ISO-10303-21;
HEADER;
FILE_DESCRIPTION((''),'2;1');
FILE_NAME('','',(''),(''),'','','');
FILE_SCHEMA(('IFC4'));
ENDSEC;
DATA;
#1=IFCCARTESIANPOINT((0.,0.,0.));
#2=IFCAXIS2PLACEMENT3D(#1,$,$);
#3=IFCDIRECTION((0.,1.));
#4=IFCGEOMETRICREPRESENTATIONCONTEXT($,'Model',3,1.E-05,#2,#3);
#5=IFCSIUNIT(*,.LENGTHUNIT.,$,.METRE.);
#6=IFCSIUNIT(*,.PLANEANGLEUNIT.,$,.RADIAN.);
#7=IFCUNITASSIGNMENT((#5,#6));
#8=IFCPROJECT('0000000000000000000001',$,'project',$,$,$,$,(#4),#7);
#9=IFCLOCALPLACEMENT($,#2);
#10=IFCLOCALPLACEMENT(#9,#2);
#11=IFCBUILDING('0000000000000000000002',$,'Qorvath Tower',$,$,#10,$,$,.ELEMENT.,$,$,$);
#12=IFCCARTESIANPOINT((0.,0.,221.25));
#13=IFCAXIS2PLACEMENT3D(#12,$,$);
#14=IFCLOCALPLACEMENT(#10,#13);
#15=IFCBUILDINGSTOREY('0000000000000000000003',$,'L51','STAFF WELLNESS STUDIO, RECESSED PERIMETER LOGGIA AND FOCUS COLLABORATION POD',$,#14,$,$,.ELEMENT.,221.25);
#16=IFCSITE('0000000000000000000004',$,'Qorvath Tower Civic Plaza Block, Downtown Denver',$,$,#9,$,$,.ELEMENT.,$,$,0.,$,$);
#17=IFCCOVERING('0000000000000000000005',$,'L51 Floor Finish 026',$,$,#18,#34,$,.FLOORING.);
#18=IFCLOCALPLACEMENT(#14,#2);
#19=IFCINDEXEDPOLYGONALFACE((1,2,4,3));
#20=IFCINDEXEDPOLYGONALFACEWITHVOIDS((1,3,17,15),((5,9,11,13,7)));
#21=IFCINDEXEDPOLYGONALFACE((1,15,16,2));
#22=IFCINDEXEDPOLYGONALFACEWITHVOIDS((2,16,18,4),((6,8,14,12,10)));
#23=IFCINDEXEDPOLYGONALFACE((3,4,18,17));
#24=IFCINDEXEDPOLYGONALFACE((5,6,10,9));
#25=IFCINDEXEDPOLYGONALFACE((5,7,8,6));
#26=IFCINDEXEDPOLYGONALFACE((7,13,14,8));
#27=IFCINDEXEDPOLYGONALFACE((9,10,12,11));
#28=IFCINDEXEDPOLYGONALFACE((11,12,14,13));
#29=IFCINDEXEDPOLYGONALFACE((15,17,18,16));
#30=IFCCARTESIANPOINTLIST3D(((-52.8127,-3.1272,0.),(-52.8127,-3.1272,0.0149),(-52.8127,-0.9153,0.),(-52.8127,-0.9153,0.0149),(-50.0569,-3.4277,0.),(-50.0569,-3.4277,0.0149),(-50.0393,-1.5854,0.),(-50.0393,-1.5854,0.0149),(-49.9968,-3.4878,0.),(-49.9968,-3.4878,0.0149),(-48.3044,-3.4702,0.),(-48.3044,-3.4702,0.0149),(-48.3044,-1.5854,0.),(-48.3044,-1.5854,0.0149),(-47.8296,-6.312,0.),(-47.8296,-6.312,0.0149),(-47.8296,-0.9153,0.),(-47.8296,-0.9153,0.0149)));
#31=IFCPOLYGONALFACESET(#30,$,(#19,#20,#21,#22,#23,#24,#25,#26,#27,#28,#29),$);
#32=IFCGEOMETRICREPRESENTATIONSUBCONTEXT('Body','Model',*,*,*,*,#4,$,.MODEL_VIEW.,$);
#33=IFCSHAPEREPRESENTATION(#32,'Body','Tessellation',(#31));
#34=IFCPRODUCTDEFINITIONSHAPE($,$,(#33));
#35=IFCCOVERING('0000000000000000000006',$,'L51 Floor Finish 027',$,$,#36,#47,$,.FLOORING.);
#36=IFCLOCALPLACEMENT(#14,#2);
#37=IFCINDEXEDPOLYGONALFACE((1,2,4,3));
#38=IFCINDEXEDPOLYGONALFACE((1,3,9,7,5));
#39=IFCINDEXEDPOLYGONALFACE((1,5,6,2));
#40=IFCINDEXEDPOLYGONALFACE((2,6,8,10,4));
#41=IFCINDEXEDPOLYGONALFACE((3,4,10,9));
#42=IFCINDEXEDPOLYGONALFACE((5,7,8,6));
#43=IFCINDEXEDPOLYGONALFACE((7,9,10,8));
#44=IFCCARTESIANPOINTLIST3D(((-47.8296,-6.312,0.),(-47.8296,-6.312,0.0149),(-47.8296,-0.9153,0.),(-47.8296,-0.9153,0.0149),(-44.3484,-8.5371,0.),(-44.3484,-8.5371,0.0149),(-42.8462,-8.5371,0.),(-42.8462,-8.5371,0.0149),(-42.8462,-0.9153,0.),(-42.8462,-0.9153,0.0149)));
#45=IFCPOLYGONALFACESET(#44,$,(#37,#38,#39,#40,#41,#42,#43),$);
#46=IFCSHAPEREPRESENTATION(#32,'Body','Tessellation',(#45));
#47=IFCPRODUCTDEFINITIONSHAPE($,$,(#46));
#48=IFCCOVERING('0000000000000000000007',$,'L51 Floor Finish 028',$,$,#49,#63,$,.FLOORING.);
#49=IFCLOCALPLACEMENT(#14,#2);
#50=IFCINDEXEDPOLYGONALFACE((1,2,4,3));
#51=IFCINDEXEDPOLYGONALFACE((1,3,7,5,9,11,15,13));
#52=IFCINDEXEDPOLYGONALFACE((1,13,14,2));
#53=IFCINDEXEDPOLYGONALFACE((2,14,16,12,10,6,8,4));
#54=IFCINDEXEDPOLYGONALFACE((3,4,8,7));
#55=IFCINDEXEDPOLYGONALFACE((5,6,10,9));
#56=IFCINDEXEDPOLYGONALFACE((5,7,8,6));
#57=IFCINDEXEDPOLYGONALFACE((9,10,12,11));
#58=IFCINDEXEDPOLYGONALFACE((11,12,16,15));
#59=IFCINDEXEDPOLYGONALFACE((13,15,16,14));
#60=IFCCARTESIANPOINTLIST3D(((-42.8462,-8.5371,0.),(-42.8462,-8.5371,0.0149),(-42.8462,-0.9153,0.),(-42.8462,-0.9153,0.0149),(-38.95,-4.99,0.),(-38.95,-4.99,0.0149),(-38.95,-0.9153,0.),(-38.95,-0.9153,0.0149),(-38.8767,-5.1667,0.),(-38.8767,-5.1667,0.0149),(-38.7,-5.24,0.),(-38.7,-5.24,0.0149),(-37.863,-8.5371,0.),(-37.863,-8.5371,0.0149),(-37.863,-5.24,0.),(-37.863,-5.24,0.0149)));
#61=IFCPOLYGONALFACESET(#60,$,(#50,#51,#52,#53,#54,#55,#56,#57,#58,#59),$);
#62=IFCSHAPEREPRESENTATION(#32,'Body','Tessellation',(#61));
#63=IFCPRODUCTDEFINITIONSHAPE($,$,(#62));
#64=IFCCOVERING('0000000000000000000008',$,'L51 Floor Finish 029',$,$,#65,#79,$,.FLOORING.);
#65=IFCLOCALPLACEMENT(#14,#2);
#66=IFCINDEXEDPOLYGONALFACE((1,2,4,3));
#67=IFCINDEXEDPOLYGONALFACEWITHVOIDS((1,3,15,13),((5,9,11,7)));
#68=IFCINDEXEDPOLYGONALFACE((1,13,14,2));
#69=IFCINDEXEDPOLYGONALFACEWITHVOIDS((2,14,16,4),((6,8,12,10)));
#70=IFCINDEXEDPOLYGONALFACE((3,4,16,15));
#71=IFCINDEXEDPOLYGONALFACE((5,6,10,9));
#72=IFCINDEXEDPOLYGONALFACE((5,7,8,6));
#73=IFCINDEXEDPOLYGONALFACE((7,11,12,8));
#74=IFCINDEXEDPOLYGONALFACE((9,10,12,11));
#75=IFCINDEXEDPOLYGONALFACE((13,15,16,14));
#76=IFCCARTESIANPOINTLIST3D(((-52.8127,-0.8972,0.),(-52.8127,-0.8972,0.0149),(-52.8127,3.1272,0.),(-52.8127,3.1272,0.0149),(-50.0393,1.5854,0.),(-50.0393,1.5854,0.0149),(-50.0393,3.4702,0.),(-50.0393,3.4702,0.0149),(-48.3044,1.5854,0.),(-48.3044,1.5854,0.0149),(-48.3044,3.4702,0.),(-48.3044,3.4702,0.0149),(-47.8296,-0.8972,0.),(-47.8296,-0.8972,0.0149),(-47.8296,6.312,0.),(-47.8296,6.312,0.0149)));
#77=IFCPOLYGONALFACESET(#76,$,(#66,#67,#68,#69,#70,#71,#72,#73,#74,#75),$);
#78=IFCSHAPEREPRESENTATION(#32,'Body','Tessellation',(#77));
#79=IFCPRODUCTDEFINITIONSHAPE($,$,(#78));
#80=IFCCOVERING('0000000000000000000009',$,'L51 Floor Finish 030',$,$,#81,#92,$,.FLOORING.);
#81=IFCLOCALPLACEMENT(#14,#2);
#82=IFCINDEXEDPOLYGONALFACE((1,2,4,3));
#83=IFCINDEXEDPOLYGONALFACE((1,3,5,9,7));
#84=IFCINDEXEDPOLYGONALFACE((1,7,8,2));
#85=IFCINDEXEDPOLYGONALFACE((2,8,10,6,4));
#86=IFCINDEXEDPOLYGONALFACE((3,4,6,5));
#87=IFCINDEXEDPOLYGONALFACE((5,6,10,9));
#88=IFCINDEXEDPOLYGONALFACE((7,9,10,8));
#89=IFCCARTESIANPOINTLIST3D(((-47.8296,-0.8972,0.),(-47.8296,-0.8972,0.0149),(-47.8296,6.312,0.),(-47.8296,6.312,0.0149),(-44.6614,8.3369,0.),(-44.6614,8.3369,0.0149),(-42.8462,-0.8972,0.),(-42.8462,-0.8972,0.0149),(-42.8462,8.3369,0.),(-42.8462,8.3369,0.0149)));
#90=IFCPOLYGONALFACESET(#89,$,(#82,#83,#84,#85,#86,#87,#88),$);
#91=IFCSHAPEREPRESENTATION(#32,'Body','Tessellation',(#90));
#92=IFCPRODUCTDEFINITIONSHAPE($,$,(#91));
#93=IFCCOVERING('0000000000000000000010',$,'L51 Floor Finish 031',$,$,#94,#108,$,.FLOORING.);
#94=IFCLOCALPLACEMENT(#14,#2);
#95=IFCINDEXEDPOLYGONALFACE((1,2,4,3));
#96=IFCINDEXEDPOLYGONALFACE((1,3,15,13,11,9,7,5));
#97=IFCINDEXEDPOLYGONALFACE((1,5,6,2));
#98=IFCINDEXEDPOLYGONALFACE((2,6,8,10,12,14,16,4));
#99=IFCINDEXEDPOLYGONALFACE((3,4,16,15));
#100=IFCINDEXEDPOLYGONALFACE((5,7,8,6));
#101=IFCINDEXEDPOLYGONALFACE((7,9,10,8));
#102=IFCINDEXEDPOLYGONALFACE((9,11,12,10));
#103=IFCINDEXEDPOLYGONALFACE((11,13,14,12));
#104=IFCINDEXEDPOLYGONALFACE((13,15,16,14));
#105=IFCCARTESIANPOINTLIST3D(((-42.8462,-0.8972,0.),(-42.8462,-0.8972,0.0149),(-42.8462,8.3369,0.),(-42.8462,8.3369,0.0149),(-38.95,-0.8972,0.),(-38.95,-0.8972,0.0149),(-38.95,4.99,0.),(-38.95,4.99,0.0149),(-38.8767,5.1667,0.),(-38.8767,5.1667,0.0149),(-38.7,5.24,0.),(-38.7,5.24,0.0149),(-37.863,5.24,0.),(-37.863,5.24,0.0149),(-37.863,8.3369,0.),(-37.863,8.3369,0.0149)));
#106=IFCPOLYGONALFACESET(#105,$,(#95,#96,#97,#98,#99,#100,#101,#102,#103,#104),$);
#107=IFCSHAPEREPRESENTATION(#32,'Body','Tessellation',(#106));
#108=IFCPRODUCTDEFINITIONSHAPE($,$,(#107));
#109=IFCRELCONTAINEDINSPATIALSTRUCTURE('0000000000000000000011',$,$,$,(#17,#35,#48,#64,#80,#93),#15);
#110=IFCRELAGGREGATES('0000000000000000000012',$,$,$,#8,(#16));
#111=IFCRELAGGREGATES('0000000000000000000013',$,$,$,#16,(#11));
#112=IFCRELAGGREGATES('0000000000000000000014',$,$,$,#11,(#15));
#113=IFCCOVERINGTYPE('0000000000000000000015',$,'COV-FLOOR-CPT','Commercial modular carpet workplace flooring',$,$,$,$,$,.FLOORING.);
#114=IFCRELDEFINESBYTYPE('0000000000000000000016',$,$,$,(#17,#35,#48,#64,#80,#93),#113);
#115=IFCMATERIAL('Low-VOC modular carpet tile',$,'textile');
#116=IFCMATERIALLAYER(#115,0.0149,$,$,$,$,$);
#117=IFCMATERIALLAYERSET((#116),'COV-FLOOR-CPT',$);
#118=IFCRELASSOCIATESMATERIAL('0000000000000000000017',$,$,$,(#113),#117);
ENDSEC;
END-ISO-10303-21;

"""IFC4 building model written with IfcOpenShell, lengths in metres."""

from ifc_helpers import new_model, si_unit, direction, frame, origin, place, context, subcontext, project, spatial, polyline, outline, extrude, material, layer, layer_set, type_object, element, save


model = new_model("IFC4")

# Units and contexts
model_context = context("Model", 3, precision=1e-05, world=origin(), true_north=direction((0.0, 1.0)))
body_context = subcontext(model_context, "Body", "Model", "MODEL_VIEW")
ifc_project = project(units=[si_unit("LENGTHUNIT", "METRE"), si_unit("PLANEANGLEUNIT", "RADIAN")], contexts=[model_context])

# Site, building, storey
site_placement = place(None, origin())
site = spatial("IfcSite", under=ifc_project, at=site_placement, Name="Qorvath Tower Civic Plaza Block, Downtown Denver", CompositionType="ELEMENT", RefElevation=0.0)
building_placement = place(site_placement, origin())
building = spatial("IfcBuilding", under=site, at=building_placement, Name="Qorvath Tower", CompositionType="ELEMENT")
storey_placement = place(building_placement, frame((0.0, 0.0, 221.25)))
storey = spatial("IfcBuildingStorey", under=building, at=storey_placement, Name="L51", Description="STAFF WELLNESS STUDIO, RECESSED PERIMETER LOGGIA AND FOCUS COLLABORATION POD", CompositionType="ELEMENT", Elevation=221.25)

# Coverings
ifc_material_1 = material(Name="Low-VOC modular carpet tile", Category="textile")
ifc_layer_1 = layer(ifc_material_1, 0.0149)
ifc_layer_set_1 = layer_set([ifc_layer_1], Name="COV-FLOOR-CPT")
covering_type_1 = type_object("IfcCoveringType", Name="COV-FLOOR-CPT", Description="Commercial modular carpet workplace flooring", PredefinedType="FLOORING", material=ifc_layer_set_1)
covering_1_placement = place(storey_placement, origin())
element("IfcCovering", 1, at=covering_1_placement, inside=storey, type_object=covering_type_1, Name="L51 Floor Finish 026", PredefinedType="FLOORING", context=body_context, shape_type="SweptSolid", body=[
    extrude(outline(polyline([(-47.8296, -6.312), (-47.8296, -0.9153), (-52.8127, -0.9153), (-52.8127, -3.1272), (-47.8296, -6.312)]), holes=[polyline([(-50.0569, -3.4277), (-50.0393, -1.5854), (-48.3044, -1.5854), (-48.3044, -3.4702), (-49.9968, -3.4878), (-50.0569, -3.4277)])]), origin(), (0.0, 0.0, 1.0), 0.0149),
])
covering_2_placement = place(storey_placement, origin())
element("IfcCovering", 2, at=covering_2_placement, inside=storey, type_object=covering_type_1, Name="L51 Floor Finish 027", PredefinedType="FLOORING", context=body_context, shape_type="SweptSolid", body=[
    extrude(outline(polyline([(-42.8462, -8.5371), (-42.8462, -0.9153), (-47.8296, -0.9153), (-47.8296, -6.312), (-44.3484, -8.5371), (-42.8462, -8.5371)])), origin(), (0.0, 0.0, 1.0), 0.0149),
])
covering_3_placement = place(storey_placement, origin())
element("IfcCovering", 3, at=covering_3_placement, inside=storey, type_object=covering_type_1, Name="L51 Floor Finish 028", PredefinedType="FLOORING", context=body_context, shape_type="SweptSolid", body=[
    extrude(outline(polyline([(-37.863, -8.5371), (-37.863, -5.24), (-38.7, -5.24), (-38.8767, -5.1667), (-38.95, -4.99), (-38.95, -0.9153), (-42.8462, -0.9153), (-42.8462, -8.5371), (-37.863, -8.5371)])), origin(), (0.0, 0.0, 1.0), 0.0149),
])
covering_4_placement = place(storey_placement, origin())
element("IfcCovering", 4, at=covering_4_placement, inside=storey, type_object=covering_type_1, Name="L51 Floor Finish 029", PredefinedType="FLOORING", context=body_context, shape_type="SweptSolid", body=[
    extrude(outline(polyline([(-47.8296, -0.8972), (-47.8296, 6.312), (-52.8127, 3.1272), (-52.8127, -0.8972), (-47.8296, -0.8972)]), holes=[polyline([(-50.0393, 1.5854), (-50.0393, 3.4702), (-48.3044, 3.4702), (-48.3044, 1.5854), (-50.0393, 1.5854)])]), origin(), (0.0, 0.0, 1.0), 0.0149),
])
covering_5_placement = place(storey_placement, origin())
element("IfcCovering", 5, at=covering_5_placement, inside=storey, type_object=covering_type_1, Name="L51 Floor Finish 030", PredefinedType="FLOORING", context=body_context, shape_type="SweptSolid", body=[
    extrude(outline(polyline([(-42.8462, -0.8972), (-42.8462, 8.3369), (-44.6614, 8.3369), (-47.8296, 6.312), (-47.8296, -0.8972), (-42.8462, -0.8972)])), origin(), (0.0, 0.0, 1.0), 0.0149),
])
covering_6_placement = place(storey_placement, origin())
element("IfcCovering", 6, at=covering_6_placement, inside=storey, type_object=covering_type_1, Name="L51 Floor Finish 031", PredefinedType="FLOORING", context=body_context, shape_type="SweptSolid", body=[
    extrude(outline(polyline([(-37.863, 5.24), (-37.863, 8.3369), (-42.8462, 8.3369), (-42.8462, -0.8972), (-38.95, -0.8972), (-38.95, 4.99), (-38.8767, 5.1667), (-38.7, 5.24), (-37.863, 5.24)])), origin(), (0.0, 0.0, 1.0), 0.0149),
])

save(model, "model.ifc")
